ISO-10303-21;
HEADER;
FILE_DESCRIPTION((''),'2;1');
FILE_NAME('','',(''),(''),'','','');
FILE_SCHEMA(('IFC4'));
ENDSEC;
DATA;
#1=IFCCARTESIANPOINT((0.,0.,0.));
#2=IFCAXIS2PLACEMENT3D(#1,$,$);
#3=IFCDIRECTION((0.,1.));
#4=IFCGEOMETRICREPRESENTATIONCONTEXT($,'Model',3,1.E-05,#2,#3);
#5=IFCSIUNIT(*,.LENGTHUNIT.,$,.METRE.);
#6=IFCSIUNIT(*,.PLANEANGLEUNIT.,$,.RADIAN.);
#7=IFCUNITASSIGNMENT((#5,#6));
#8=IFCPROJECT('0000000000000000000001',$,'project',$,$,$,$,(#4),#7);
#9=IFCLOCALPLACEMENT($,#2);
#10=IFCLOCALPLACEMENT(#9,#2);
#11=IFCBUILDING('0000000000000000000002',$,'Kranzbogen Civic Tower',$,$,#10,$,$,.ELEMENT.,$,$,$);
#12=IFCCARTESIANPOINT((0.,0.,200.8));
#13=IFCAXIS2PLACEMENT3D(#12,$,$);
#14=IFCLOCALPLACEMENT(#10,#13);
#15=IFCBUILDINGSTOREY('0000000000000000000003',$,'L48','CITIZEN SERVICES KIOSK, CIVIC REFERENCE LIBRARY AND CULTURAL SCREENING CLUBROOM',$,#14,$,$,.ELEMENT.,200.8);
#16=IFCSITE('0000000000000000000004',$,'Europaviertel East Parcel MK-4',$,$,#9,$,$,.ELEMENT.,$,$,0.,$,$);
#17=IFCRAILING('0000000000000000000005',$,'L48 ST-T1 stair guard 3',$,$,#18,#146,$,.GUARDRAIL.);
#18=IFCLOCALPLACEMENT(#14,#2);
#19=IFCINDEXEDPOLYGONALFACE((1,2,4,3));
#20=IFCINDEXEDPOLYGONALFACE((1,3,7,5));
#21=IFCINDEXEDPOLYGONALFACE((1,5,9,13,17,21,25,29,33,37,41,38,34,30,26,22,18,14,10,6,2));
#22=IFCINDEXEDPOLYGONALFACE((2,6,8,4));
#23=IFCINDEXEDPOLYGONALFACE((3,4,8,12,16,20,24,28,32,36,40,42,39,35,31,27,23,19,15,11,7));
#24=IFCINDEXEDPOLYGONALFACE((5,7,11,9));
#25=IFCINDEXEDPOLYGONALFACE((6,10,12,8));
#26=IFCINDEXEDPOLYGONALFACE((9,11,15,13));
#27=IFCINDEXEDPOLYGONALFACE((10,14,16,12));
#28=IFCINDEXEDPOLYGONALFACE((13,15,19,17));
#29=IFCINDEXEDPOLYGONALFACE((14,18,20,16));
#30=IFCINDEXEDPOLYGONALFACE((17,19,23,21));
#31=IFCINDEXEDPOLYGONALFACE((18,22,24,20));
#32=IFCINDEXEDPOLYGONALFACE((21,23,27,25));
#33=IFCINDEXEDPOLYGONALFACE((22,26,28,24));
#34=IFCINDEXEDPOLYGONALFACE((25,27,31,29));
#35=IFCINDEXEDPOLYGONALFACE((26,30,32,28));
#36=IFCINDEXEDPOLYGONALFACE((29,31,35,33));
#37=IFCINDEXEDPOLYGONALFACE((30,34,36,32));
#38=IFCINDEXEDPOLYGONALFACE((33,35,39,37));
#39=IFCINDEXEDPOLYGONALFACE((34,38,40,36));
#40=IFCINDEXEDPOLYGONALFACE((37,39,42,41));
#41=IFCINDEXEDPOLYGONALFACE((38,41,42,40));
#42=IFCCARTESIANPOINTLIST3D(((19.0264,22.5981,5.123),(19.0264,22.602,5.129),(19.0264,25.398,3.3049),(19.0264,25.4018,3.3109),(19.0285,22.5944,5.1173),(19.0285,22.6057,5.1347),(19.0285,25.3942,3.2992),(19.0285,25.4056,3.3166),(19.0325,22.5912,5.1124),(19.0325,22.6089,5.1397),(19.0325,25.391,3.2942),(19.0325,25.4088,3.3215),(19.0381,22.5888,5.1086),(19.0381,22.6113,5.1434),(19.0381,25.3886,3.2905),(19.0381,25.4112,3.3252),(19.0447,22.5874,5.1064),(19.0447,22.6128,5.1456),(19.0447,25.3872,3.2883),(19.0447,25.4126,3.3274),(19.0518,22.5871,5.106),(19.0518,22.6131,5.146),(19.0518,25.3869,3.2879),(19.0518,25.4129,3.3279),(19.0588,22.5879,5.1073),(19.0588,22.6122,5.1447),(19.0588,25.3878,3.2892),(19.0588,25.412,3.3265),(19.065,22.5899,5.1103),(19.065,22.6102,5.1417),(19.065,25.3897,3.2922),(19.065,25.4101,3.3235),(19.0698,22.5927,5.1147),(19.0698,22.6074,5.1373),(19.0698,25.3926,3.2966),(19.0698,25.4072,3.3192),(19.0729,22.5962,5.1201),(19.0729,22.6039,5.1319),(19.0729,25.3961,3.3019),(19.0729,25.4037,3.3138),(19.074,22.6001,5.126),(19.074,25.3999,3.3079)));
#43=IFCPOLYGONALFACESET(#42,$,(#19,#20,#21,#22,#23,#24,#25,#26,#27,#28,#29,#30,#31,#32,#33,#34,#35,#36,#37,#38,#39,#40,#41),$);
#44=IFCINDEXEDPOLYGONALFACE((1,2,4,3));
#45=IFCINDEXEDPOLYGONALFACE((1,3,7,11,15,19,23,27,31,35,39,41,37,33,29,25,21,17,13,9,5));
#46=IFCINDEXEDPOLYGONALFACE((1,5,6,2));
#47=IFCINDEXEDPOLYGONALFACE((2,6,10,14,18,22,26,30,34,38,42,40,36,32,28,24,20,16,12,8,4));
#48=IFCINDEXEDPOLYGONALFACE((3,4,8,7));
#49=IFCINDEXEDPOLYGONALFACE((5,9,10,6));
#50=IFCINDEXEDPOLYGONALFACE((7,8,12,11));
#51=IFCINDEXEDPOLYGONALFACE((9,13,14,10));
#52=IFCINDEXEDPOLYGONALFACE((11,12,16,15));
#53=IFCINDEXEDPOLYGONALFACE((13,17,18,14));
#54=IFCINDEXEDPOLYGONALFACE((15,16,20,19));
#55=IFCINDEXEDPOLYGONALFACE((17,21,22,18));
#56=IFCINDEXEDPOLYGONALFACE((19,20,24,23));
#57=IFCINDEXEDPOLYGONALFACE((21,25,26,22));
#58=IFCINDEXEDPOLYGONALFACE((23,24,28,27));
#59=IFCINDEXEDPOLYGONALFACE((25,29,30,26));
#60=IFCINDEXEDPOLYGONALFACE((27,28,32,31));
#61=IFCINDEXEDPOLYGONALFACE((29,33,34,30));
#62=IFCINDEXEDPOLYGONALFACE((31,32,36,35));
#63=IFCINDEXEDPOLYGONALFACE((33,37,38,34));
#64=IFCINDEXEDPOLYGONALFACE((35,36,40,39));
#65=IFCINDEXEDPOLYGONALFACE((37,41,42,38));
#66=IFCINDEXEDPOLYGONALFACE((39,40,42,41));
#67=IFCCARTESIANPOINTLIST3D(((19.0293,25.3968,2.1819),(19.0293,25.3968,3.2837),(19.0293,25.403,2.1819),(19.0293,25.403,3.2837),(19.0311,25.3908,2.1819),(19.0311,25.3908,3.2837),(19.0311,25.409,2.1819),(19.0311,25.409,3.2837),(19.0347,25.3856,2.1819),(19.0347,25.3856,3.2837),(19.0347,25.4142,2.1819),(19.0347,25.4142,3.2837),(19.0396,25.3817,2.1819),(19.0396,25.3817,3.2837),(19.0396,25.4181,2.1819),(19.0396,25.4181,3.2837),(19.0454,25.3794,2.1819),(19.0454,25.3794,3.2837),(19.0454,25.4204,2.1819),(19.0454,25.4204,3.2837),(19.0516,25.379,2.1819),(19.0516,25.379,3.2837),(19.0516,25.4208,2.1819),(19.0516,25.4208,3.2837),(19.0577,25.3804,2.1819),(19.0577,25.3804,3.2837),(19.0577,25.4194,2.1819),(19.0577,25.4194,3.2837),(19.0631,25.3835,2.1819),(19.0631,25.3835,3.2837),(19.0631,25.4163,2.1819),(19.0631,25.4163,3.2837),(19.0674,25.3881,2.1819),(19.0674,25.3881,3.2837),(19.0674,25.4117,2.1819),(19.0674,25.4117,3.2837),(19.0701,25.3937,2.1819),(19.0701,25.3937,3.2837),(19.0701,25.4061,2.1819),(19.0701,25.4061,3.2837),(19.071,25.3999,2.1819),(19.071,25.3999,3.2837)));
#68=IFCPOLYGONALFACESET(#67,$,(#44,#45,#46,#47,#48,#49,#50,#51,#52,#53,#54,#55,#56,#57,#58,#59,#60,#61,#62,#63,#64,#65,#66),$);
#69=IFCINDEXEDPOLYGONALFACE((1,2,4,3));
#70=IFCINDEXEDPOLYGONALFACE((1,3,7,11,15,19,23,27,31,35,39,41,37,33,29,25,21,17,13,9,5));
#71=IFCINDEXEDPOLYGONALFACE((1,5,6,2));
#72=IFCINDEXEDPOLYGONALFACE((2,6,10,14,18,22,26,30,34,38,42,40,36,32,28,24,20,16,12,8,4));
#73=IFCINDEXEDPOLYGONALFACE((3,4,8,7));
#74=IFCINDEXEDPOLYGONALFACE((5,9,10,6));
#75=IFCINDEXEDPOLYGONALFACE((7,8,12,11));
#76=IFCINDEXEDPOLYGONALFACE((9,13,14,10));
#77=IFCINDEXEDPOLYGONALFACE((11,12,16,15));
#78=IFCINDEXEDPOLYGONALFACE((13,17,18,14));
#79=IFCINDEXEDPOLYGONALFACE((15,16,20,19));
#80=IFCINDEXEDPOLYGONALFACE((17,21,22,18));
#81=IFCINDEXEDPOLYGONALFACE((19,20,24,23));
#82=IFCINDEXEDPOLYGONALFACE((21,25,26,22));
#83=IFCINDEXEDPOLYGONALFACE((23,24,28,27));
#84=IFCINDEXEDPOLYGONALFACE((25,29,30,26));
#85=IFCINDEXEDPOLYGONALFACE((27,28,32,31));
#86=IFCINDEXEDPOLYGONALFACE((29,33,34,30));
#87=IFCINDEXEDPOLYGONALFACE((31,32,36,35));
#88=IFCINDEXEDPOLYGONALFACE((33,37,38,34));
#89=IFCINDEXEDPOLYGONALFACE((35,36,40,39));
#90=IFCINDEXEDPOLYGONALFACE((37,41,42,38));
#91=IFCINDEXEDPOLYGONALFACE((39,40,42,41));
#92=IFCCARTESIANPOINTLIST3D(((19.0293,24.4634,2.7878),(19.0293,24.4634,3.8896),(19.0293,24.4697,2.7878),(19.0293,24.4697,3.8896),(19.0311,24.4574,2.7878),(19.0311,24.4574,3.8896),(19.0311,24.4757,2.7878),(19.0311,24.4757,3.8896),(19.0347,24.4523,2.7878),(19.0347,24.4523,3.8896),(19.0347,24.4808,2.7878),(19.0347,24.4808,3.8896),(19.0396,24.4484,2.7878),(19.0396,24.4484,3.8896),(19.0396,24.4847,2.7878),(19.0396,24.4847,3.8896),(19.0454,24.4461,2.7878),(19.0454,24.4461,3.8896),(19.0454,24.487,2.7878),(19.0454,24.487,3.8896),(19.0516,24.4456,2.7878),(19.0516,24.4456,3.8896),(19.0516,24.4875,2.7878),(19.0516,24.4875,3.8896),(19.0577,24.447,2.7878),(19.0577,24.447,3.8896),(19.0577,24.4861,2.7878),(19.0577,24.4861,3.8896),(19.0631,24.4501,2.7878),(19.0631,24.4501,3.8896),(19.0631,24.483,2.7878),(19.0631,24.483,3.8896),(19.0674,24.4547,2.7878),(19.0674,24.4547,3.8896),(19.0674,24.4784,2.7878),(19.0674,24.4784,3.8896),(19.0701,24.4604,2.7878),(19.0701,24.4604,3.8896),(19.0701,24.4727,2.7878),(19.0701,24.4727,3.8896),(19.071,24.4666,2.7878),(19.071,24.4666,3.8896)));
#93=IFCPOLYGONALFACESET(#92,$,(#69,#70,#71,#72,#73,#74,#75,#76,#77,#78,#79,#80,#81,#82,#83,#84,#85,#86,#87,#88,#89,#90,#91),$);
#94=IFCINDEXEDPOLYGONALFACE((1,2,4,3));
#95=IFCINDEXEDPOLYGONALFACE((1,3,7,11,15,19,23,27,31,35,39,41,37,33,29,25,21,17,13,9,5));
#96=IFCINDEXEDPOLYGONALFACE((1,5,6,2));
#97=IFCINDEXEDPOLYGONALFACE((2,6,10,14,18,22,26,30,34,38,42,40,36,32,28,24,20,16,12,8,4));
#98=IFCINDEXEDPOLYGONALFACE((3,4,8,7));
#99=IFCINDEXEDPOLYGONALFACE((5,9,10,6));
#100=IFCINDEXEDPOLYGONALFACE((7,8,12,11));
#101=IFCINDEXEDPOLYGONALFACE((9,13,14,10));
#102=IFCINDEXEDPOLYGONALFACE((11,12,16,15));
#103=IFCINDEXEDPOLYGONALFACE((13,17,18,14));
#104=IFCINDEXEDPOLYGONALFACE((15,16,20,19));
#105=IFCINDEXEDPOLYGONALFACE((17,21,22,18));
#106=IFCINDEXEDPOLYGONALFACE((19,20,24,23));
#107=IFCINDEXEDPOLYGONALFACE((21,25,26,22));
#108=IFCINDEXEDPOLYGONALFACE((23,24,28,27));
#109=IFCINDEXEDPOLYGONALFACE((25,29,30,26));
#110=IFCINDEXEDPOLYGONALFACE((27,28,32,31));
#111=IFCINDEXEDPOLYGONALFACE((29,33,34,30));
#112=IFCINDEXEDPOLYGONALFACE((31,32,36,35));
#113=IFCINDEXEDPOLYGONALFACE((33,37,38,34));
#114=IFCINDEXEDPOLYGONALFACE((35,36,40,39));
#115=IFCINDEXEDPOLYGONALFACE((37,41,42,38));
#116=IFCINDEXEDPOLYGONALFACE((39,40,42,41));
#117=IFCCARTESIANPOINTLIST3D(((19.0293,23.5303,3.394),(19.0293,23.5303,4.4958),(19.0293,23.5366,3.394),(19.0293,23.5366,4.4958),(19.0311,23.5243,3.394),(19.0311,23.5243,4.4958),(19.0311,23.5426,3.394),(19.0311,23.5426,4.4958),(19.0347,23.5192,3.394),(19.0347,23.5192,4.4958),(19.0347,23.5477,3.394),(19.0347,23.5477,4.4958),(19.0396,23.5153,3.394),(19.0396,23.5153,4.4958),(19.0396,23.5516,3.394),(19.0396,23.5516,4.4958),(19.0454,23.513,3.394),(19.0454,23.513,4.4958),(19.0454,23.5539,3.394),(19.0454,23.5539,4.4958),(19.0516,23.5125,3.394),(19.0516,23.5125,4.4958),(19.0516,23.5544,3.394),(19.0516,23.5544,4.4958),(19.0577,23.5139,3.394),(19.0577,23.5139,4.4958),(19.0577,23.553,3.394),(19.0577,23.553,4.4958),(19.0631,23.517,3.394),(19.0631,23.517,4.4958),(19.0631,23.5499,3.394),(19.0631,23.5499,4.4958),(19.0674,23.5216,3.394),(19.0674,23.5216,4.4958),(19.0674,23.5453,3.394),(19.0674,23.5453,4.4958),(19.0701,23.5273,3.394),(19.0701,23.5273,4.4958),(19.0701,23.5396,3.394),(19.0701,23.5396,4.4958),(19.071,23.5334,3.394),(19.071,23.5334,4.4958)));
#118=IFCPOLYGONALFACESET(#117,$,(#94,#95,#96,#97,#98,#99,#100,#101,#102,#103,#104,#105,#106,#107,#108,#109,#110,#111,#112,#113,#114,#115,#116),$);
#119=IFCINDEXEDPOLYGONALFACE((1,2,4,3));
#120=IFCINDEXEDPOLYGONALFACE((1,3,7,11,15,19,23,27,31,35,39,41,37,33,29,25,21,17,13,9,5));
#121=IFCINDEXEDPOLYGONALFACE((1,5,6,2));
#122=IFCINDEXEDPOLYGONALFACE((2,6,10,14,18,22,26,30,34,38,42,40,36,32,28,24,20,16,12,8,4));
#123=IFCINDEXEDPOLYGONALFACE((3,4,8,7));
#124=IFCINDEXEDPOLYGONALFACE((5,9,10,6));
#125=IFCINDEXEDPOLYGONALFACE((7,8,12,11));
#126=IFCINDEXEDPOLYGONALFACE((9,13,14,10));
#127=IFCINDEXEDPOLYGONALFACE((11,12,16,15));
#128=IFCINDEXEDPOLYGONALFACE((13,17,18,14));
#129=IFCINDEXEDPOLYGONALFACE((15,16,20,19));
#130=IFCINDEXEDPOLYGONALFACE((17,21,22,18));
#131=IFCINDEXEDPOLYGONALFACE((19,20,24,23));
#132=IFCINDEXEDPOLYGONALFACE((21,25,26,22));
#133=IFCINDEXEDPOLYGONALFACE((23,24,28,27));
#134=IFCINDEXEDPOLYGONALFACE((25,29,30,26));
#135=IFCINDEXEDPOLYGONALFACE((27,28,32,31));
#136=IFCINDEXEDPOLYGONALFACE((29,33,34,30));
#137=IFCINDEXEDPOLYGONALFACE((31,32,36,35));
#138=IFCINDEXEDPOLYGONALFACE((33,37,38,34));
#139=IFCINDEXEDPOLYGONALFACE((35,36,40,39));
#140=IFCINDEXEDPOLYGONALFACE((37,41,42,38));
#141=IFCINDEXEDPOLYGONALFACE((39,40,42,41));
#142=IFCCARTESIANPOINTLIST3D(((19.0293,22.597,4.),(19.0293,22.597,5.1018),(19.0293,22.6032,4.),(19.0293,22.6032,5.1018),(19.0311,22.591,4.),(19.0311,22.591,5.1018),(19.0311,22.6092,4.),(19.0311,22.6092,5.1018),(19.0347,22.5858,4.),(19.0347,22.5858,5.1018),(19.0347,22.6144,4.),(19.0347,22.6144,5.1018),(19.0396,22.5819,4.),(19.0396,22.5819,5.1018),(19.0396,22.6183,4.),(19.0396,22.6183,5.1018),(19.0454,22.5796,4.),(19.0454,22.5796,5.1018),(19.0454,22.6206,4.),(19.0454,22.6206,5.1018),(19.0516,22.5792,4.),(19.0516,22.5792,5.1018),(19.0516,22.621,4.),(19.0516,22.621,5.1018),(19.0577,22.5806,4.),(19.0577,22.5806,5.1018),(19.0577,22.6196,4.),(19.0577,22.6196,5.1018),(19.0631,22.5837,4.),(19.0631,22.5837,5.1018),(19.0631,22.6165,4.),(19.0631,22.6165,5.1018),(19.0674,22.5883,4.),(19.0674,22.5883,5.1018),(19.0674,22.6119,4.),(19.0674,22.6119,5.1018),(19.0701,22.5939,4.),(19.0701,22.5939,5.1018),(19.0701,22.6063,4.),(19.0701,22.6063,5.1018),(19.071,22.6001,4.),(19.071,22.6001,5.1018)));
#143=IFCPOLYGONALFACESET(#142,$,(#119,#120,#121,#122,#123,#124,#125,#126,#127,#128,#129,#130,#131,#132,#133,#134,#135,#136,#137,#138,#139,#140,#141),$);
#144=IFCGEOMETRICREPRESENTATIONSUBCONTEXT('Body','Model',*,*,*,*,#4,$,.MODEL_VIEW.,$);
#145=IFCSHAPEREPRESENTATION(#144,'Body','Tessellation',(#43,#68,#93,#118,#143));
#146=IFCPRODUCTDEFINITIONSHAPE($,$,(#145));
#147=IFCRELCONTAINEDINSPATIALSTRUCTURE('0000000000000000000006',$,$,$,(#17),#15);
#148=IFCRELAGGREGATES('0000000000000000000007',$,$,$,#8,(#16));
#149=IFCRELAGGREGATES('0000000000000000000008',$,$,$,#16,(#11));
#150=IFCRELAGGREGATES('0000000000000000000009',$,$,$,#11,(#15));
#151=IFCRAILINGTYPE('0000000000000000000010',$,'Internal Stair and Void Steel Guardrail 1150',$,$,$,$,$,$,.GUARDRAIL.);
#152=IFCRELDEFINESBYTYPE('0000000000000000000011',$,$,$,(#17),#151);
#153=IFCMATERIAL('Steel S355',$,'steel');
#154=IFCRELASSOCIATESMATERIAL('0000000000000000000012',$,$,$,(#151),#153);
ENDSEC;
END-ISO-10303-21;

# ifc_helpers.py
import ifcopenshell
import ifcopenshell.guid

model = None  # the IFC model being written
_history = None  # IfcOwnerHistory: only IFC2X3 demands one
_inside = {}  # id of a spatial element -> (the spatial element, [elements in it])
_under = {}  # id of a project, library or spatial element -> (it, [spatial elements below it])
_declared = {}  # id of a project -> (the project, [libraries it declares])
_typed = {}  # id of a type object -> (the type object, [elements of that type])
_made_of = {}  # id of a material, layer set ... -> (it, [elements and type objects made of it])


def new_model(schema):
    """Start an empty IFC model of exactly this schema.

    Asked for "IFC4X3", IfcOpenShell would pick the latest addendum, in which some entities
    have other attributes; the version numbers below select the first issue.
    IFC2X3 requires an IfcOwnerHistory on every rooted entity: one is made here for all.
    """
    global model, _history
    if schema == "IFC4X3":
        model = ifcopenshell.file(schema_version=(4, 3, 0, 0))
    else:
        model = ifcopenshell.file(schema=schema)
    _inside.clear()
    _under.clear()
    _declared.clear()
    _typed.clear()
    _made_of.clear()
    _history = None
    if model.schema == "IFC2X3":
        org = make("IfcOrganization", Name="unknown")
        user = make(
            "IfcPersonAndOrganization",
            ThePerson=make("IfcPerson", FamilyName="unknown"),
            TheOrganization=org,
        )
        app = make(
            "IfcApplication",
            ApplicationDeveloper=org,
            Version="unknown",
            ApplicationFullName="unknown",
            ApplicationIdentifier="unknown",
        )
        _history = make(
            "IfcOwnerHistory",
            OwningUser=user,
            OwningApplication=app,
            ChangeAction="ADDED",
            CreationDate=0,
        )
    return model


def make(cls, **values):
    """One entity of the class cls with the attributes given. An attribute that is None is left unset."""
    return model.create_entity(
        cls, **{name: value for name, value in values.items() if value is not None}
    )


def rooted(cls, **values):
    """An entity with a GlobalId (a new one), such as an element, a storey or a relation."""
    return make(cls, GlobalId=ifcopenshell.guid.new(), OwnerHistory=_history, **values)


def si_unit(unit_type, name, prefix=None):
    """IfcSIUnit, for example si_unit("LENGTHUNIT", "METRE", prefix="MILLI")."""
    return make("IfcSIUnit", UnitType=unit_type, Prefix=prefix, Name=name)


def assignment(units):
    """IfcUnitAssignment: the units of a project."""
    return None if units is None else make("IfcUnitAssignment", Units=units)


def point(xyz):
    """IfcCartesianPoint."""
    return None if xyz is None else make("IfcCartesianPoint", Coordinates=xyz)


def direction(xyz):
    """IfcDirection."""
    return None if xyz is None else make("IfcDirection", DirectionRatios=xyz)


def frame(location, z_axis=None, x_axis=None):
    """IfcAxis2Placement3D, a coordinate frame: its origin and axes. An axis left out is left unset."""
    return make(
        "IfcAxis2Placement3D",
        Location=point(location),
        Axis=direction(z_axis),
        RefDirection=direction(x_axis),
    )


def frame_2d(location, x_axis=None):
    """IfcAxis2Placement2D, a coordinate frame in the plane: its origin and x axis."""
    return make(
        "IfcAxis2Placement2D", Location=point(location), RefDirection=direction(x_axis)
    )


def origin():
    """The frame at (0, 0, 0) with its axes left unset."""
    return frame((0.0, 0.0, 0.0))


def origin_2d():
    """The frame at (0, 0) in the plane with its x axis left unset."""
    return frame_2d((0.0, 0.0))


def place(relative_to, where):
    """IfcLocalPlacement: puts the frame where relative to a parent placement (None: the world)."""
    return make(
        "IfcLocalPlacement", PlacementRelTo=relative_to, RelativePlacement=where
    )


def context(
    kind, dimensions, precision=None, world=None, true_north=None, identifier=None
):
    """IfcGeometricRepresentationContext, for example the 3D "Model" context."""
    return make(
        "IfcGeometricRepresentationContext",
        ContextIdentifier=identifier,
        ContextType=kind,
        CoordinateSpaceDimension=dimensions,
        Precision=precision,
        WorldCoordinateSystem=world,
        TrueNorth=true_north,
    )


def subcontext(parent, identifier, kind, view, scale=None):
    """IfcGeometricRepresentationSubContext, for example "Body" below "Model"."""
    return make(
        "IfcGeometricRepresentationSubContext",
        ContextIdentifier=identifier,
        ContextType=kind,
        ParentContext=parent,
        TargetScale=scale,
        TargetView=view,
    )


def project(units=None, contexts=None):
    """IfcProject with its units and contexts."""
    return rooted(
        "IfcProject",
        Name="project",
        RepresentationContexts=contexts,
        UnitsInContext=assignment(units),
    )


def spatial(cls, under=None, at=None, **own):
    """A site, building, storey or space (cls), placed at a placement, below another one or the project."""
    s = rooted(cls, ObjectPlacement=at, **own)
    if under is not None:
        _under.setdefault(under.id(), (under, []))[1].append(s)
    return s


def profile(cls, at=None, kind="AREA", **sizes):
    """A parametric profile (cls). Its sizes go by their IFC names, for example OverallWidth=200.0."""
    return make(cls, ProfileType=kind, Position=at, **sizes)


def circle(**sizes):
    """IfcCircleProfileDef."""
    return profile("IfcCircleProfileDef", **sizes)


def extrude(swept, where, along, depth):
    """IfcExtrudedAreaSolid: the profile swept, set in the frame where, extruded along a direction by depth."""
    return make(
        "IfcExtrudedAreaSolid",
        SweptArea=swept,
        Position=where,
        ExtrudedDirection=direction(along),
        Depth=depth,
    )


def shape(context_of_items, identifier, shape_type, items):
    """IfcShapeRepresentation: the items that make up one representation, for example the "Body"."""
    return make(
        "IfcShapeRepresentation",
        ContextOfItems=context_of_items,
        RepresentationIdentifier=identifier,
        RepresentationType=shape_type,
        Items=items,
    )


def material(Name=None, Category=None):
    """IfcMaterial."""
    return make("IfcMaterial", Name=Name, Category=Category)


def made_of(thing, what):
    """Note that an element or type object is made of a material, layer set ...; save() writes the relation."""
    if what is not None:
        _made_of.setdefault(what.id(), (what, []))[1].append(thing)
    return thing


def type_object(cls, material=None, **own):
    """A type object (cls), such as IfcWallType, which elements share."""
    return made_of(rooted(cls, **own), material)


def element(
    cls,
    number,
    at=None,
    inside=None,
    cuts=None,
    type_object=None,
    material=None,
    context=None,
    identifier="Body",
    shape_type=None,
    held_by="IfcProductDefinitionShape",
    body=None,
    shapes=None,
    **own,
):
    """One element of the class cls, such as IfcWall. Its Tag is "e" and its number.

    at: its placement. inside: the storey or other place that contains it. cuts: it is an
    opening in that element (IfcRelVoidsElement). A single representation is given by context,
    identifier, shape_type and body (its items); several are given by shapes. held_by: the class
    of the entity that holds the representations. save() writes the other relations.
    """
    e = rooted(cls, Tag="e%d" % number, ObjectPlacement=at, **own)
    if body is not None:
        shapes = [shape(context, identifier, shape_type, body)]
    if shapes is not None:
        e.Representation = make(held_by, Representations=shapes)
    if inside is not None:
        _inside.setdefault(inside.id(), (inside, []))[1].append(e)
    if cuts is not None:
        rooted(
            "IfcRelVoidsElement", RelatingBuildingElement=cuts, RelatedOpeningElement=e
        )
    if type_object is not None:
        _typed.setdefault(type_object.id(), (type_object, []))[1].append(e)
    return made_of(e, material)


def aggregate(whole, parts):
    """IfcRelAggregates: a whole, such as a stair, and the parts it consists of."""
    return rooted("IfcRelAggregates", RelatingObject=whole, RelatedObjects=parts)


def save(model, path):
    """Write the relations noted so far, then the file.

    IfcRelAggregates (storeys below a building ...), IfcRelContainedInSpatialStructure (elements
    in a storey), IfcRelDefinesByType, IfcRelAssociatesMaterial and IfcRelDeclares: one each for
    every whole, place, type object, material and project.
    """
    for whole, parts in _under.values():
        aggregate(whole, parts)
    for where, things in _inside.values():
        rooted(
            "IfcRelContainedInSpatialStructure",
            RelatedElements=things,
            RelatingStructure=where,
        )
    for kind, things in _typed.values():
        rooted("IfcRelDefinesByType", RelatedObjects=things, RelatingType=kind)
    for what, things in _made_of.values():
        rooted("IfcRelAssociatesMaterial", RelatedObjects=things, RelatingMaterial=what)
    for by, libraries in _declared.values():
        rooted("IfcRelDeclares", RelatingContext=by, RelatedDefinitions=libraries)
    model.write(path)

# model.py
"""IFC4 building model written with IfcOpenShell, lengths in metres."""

from ifc_helpers import new_model, si_unit, direction, frame, origin, origin_2d, place, context, subcontext, project, spatial, circle, extrude, material, type_object, element, save


model = new_model("IFC4")

# Units and contexts
model_context = context("Model", 3, precision=1e-05, world=origin(), true_north=direction((0.0, 1.0)))
body_context = subcontext(model_context, "Body", "Model", "MODEL_VIEW")
ifc_project = project(units=[si_unit("LENGTHUNIT", "METRE"), si_unit("PLANEANGLEUNIT", "RADIAN")], contexts=[model_context])

# Site, building, storey
site_placement = place(None, origin())
site = spatial("IfcSite", under=ifc_project, at=site_placement, Name="Europaviertel East Parcel MK-4", CompositionType="ELEMENT", RefElevation=0.0)
building_placement = place(site_placement, origin())
building = spatial("IfcBuilding", under=site, at=building_placement, Name="Kranzbogen Civic Tower", CompositionType="ELEMENT")
storey_placement = place(building_placement, frame((0.0, 0.0, 200.8)))
storey = spatial("IfcBuildingStorey", under=building, at=storey_placement, Name="L48", Description="CITIZEN SERVICES KIOSK, CIVIC REFERENCE LIBRARY AND CULTURAL SCREENING CLUBROOM", CompositionType="ELEMENT", Elevation=200.8)

# Shared definitions
ifc_material_1 = material(Name="Steel S355", Category="steel")

# Railing
railing_type_1 = type_object("IfcRailingType", Name="Internal Stair and Void Steel Guardrail 1150", PredefinedType="GUARDRAIL", material=ifc_material_1)
railing_1_placement = place(storey_placement, frame((19.05, 25.3999, 2.1819)))
element("IfcRailing", 1, at=railing_1_placement, inside=storey, type_object=railing_type_1, Name="L48 ST-T1 stair guard 3", PredefinedType="GUARDRAIL", context=body_context, shape_type="SweptSolid", body=[
    extrude(circle(Radius=0.0239, at=origin_2d()), frame((0.0, 0.0, 1.126), z_axis=(0.0, -0.838684, 0.544618), x_axis=(1.0, 0.0, 0.0)), (0.0, 0.0, 1.0), 3.3384),
    extrude(circle(Radius=0.021, at=origin_2d()), origin(), (0.0, 0.0, 1.0), 1.1018),
    extrude(circle(Radius=0.021, at=origin_2d()), frame((0.0, -0.9333, 0.606)), (0.0, 0.0, 1.0), 1.1018),
    extrude(circle(Radius=0.021, at=origin_2d()), frame((0.0, -1.8665, 1.2122)), (0.0, 0.0, 1.0), 1.1018),
    extrude(circle(Radius=0.021, at=origin_2d()), frame((0.0, -2.7998, 1.8181)), (0.0, 0.0, 1.0), 1.1018),
])

save(model, "model.ifc")
